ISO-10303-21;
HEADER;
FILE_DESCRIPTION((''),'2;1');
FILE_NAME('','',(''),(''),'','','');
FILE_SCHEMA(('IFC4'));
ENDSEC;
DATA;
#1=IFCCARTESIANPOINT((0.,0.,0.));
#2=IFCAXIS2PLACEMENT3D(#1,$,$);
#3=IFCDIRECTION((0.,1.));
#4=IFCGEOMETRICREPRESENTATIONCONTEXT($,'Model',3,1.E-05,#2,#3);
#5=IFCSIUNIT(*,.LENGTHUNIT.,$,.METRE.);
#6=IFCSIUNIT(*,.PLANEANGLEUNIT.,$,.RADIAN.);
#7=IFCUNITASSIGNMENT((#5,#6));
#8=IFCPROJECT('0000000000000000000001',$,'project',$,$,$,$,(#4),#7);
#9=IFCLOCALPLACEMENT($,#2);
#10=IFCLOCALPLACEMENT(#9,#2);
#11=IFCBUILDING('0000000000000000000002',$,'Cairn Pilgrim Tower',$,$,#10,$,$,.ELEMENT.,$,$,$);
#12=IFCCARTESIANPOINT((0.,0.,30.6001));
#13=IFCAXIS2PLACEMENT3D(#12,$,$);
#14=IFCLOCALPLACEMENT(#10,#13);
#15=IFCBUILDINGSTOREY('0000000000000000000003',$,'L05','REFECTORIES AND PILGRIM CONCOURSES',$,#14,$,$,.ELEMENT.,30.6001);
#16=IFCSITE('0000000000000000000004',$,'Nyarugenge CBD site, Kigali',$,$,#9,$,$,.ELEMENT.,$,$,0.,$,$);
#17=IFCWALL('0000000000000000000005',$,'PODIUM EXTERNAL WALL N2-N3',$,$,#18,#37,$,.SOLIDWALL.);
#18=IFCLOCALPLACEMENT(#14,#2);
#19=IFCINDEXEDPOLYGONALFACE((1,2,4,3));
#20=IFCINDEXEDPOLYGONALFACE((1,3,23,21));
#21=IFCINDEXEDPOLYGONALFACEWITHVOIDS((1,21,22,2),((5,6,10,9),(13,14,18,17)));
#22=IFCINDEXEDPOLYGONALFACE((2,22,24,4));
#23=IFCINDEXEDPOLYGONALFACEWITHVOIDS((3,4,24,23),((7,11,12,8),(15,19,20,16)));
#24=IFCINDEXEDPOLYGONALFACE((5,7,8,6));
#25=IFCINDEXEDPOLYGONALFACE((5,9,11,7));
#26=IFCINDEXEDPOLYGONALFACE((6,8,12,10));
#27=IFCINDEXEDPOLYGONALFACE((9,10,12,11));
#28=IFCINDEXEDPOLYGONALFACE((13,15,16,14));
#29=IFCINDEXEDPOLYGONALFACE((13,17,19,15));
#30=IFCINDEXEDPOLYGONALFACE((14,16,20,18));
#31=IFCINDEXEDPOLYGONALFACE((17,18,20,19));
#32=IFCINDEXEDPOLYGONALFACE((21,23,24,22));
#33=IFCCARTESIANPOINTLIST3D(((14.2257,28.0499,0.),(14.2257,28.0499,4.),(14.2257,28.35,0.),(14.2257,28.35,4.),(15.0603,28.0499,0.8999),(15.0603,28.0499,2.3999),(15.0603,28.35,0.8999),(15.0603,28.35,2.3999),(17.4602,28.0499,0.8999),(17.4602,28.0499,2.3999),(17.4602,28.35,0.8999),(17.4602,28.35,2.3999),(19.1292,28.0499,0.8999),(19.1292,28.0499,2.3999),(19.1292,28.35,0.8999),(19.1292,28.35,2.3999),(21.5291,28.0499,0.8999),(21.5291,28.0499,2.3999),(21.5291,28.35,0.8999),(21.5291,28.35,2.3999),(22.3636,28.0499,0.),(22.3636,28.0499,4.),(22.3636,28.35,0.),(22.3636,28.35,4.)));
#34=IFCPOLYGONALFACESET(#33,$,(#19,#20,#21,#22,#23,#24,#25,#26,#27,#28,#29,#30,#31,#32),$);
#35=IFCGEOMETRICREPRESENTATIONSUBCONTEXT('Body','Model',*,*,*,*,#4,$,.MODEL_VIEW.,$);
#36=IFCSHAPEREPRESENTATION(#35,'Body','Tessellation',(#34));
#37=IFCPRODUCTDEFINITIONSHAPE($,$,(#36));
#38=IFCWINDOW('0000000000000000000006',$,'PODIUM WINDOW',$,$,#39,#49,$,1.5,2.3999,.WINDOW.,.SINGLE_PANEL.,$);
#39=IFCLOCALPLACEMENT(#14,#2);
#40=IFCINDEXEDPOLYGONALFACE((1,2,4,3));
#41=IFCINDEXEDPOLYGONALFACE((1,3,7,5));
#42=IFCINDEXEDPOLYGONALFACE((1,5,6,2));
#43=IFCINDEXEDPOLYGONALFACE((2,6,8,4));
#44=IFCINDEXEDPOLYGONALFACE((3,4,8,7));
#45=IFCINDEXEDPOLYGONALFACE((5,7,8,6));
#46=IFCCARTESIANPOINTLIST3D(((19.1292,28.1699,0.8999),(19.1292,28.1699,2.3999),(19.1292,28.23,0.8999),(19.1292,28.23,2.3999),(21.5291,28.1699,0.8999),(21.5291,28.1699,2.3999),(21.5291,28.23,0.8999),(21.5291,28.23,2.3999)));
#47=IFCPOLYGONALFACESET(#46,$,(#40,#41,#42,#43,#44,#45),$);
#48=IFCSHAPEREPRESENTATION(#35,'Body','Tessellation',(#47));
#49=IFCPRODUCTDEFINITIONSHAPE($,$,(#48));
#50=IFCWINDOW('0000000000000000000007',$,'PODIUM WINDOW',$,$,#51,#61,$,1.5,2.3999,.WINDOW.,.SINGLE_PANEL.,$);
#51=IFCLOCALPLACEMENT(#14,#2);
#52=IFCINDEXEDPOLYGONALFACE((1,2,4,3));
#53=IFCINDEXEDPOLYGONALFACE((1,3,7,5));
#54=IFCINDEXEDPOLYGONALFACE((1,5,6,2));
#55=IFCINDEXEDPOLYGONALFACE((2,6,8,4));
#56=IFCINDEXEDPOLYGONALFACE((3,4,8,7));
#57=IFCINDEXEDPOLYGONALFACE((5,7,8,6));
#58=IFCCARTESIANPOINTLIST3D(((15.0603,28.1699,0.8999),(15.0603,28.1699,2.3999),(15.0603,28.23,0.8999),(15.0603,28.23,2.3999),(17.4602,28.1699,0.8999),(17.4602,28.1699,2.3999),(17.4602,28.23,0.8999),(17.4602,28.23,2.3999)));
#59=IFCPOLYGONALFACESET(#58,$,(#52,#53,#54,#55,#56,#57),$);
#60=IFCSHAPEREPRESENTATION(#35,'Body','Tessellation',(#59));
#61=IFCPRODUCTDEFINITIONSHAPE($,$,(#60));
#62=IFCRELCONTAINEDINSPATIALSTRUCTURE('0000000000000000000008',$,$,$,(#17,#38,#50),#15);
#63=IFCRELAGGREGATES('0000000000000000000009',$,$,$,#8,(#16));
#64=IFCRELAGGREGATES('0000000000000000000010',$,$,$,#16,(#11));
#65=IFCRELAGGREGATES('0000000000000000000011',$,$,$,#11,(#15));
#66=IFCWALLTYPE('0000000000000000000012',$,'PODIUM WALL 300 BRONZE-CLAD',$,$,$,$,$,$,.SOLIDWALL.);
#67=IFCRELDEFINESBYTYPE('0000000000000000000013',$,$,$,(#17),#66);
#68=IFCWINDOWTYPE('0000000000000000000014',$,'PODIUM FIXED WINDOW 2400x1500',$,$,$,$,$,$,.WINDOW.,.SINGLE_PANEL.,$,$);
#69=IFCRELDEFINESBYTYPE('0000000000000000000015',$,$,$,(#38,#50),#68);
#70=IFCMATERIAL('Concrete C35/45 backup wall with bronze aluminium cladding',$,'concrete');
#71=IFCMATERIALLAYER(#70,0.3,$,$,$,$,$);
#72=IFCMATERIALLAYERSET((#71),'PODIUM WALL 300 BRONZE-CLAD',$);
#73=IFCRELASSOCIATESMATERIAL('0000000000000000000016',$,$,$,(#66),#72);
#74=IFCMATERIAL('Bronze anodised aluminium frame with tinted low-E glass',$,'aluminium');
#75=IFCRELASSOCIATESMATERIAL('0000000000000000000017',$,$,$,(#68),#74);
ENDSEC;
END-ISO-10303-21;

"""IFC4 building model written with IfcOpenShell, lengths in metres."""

from ifc_helpers import new_model, si_unit, direction, frame, frame_2d, origin, place, context, subcontext, project, spatial, rectangle, extrude, material, layer, layer_set, type_object, element, fill, save


model = new_model("IFC4")

# Units and contexts
model_context = context("Model", 3, precision=1e-05, world=origin(), true_north=direction((0.0, 1.0)))
body_context = subcontext(model_context, "Body", "Model", "MODEL_VIEW")
ifc_project = project(units=[si_unit("LENGTHUNIT", "METRE"), si_unit("PLANEANGLEUNIT", "RADIAN")], contexts=[model_context])

# Site, building, storey
site_placement = place(None, origin())
site = spatial("IfcSite", under=ifc_project, at=site_placement, Name="Nyarugenge CBD site, Kigali", CompositionType="ELEMENT", RefElevation=0.0)
building_placement = place(site_placement, origin())
building = spatial("IfcBuilding", under=site, at=building_placement, Name="Cairn Pilgrim Tower", CompositionType="ELEMENT")
storey_placement = place(building_placement, frame((0.0, 0.0, 30.6001)))
storey = spatial("IfcBuildingStorey", under=building, at=storey_placement, Name="L05", Description="REFECTORIES AND PILGRIM CONCOURSES", CompositionType="ELEMENT", Elevation=30.6001)

# Wall, openings, windows
ifc_material_1 = material(Name="Concrete C35/45 backup wall with bronze aluminium cladding", Category="concrete")
ifc_layer_1 = layer(ifc_material_1, 0.3)
ifc_layer_set_1 = layer_set([ifc_layer_1], Name="PODIUM WALL 300 BRONZE-CLAD")
wall_type_1 = type_object("IfcWallType", Name="PODIUM WALL 300 BRONZE-CLAD", PredefinedType="SOLIDWALL", material=ifc_layer_set_1)
wall_1_placement = place(storey_placement, frame((22.3635, 28.2, 0.0), z_axis=(0.0, 0.0, 1.0), x_axis=(-1.0, 0.0, 0.0)))
wall_1 = element("IfcWall", 1, at=wall_1_placement, inside=storey, type_object=wall_type_1, Name="PODIUM EXTERNAL WALL N2-N3", PredefinedType="SOLIDWALL", context=body_context, shape_type="SweptSolid", body=[
    extrude(rectangle(XDim=8.1379, YDim=0.3, at=frame_2d((4.0688, 0.0))), origin(), (0.0, 0.0, 1.0), 4.0),
])
opening_1_placement = place(wall_1_placement, frame((0.8345, 0.0, 0.8999)))
opening_1 = element("IfcOpeningElement", 2, at=opening_1_placement, cuts=wall_1, PredefinedType="OPENING", context=body_context, shape_type="SweptSolid", body=[
    extrude(rectangle(XDim=2.3999, YDim=1.5, at=frame_2d((1.2, 0.75))), frame((0.0, 0.1602, 0.0), z_axis=(0.0, -1.0, 0.0), x_axis=(1.0, 0.0, 0.0)), (0.0, 0.0, 1.0), 0.3201),
])
opening_2_placement = place(wall_1_placement, frame((4.9033, 0.0, 0.8999)))
opening_2 = element("IfcOpeningElement", 3, at=opening_2_placement, cuts=wall_1, PredefinedType="OPENING", context=body_context, shape_type="SweptSolid", body=[
    extrude(rectangle(XDim=2.3999, YDim=1.5, at=frame_2d((1.2, 0.75))), frame((0.0, 0.1602, 0.0), z_axis=(0.0, -1.0, 0.0), x_axis=(1.0, 0.0, 0.0)), (0.0, 0.0, 1.0), 0.3201),
])
ifc_material_2 = material(Name="Bronze anodised aluminium frame with tinted low-E glass", Category="aluminium")
window_type = type_object("IfcWindowType", Name="PODIUM FIXED WINDOW 2400x1500", PartitioningType="SINGLE_PANEL", PredefinedType="WINDOW", material=ifc_material_2)
window_1_placement = place(opening_1_placement, origin())
window_1 = element("IfcWindow", 4, at=window_1_placement, inside=storey, type_object=window_type, Name="PODIUM WINDOW", OverallHeight=1.5, OverallWidth=2.3999, PartitioningType="SINGLE_PANEL", PredefinedType="WINDOW", context=body_context, shape_type="SweptSolid", body=[
    extrude(rectangle(XDim=2.3999, YDim=1.5, at=frame_2d((1.2, 0.75))), frame((0.0, 0.03, 0.0), z_axis=(0.0, -1.0, 0.0), x_axis=(1.0, 0.0, 0.0)), (0.0, 0.0, 1.0), 0.0601),
])
fill(opening_1, window_1)
window_2_placement = place(opening_2_placement, origin())
window_2 = element("IfcWindow", 5, at=window_2_placement, inside=storey, type_object=window_type, Name="PODIUM WINDOW", OverallHeight=1.5, OverallWidth=2.3999, PartitioningType="SINGLE_PANEL", PredefinedType="WINDOW", context=body_context, shape_type="SweptSolid", body=[
    extrude(rectangle(XDim=2.3999, YDim=1.5, at=frame_2d((1.2, 0.75))), frame((0.0, 0.03, 0.0), z_axis=(0.0, -1.0, 0.0), x_axis=(1.0, 0.0, 0.0)), (0.0, 0.0, 1.0), 0.0601),
])
fill(opening_2, window_2)

save(model, "model.ifc")
